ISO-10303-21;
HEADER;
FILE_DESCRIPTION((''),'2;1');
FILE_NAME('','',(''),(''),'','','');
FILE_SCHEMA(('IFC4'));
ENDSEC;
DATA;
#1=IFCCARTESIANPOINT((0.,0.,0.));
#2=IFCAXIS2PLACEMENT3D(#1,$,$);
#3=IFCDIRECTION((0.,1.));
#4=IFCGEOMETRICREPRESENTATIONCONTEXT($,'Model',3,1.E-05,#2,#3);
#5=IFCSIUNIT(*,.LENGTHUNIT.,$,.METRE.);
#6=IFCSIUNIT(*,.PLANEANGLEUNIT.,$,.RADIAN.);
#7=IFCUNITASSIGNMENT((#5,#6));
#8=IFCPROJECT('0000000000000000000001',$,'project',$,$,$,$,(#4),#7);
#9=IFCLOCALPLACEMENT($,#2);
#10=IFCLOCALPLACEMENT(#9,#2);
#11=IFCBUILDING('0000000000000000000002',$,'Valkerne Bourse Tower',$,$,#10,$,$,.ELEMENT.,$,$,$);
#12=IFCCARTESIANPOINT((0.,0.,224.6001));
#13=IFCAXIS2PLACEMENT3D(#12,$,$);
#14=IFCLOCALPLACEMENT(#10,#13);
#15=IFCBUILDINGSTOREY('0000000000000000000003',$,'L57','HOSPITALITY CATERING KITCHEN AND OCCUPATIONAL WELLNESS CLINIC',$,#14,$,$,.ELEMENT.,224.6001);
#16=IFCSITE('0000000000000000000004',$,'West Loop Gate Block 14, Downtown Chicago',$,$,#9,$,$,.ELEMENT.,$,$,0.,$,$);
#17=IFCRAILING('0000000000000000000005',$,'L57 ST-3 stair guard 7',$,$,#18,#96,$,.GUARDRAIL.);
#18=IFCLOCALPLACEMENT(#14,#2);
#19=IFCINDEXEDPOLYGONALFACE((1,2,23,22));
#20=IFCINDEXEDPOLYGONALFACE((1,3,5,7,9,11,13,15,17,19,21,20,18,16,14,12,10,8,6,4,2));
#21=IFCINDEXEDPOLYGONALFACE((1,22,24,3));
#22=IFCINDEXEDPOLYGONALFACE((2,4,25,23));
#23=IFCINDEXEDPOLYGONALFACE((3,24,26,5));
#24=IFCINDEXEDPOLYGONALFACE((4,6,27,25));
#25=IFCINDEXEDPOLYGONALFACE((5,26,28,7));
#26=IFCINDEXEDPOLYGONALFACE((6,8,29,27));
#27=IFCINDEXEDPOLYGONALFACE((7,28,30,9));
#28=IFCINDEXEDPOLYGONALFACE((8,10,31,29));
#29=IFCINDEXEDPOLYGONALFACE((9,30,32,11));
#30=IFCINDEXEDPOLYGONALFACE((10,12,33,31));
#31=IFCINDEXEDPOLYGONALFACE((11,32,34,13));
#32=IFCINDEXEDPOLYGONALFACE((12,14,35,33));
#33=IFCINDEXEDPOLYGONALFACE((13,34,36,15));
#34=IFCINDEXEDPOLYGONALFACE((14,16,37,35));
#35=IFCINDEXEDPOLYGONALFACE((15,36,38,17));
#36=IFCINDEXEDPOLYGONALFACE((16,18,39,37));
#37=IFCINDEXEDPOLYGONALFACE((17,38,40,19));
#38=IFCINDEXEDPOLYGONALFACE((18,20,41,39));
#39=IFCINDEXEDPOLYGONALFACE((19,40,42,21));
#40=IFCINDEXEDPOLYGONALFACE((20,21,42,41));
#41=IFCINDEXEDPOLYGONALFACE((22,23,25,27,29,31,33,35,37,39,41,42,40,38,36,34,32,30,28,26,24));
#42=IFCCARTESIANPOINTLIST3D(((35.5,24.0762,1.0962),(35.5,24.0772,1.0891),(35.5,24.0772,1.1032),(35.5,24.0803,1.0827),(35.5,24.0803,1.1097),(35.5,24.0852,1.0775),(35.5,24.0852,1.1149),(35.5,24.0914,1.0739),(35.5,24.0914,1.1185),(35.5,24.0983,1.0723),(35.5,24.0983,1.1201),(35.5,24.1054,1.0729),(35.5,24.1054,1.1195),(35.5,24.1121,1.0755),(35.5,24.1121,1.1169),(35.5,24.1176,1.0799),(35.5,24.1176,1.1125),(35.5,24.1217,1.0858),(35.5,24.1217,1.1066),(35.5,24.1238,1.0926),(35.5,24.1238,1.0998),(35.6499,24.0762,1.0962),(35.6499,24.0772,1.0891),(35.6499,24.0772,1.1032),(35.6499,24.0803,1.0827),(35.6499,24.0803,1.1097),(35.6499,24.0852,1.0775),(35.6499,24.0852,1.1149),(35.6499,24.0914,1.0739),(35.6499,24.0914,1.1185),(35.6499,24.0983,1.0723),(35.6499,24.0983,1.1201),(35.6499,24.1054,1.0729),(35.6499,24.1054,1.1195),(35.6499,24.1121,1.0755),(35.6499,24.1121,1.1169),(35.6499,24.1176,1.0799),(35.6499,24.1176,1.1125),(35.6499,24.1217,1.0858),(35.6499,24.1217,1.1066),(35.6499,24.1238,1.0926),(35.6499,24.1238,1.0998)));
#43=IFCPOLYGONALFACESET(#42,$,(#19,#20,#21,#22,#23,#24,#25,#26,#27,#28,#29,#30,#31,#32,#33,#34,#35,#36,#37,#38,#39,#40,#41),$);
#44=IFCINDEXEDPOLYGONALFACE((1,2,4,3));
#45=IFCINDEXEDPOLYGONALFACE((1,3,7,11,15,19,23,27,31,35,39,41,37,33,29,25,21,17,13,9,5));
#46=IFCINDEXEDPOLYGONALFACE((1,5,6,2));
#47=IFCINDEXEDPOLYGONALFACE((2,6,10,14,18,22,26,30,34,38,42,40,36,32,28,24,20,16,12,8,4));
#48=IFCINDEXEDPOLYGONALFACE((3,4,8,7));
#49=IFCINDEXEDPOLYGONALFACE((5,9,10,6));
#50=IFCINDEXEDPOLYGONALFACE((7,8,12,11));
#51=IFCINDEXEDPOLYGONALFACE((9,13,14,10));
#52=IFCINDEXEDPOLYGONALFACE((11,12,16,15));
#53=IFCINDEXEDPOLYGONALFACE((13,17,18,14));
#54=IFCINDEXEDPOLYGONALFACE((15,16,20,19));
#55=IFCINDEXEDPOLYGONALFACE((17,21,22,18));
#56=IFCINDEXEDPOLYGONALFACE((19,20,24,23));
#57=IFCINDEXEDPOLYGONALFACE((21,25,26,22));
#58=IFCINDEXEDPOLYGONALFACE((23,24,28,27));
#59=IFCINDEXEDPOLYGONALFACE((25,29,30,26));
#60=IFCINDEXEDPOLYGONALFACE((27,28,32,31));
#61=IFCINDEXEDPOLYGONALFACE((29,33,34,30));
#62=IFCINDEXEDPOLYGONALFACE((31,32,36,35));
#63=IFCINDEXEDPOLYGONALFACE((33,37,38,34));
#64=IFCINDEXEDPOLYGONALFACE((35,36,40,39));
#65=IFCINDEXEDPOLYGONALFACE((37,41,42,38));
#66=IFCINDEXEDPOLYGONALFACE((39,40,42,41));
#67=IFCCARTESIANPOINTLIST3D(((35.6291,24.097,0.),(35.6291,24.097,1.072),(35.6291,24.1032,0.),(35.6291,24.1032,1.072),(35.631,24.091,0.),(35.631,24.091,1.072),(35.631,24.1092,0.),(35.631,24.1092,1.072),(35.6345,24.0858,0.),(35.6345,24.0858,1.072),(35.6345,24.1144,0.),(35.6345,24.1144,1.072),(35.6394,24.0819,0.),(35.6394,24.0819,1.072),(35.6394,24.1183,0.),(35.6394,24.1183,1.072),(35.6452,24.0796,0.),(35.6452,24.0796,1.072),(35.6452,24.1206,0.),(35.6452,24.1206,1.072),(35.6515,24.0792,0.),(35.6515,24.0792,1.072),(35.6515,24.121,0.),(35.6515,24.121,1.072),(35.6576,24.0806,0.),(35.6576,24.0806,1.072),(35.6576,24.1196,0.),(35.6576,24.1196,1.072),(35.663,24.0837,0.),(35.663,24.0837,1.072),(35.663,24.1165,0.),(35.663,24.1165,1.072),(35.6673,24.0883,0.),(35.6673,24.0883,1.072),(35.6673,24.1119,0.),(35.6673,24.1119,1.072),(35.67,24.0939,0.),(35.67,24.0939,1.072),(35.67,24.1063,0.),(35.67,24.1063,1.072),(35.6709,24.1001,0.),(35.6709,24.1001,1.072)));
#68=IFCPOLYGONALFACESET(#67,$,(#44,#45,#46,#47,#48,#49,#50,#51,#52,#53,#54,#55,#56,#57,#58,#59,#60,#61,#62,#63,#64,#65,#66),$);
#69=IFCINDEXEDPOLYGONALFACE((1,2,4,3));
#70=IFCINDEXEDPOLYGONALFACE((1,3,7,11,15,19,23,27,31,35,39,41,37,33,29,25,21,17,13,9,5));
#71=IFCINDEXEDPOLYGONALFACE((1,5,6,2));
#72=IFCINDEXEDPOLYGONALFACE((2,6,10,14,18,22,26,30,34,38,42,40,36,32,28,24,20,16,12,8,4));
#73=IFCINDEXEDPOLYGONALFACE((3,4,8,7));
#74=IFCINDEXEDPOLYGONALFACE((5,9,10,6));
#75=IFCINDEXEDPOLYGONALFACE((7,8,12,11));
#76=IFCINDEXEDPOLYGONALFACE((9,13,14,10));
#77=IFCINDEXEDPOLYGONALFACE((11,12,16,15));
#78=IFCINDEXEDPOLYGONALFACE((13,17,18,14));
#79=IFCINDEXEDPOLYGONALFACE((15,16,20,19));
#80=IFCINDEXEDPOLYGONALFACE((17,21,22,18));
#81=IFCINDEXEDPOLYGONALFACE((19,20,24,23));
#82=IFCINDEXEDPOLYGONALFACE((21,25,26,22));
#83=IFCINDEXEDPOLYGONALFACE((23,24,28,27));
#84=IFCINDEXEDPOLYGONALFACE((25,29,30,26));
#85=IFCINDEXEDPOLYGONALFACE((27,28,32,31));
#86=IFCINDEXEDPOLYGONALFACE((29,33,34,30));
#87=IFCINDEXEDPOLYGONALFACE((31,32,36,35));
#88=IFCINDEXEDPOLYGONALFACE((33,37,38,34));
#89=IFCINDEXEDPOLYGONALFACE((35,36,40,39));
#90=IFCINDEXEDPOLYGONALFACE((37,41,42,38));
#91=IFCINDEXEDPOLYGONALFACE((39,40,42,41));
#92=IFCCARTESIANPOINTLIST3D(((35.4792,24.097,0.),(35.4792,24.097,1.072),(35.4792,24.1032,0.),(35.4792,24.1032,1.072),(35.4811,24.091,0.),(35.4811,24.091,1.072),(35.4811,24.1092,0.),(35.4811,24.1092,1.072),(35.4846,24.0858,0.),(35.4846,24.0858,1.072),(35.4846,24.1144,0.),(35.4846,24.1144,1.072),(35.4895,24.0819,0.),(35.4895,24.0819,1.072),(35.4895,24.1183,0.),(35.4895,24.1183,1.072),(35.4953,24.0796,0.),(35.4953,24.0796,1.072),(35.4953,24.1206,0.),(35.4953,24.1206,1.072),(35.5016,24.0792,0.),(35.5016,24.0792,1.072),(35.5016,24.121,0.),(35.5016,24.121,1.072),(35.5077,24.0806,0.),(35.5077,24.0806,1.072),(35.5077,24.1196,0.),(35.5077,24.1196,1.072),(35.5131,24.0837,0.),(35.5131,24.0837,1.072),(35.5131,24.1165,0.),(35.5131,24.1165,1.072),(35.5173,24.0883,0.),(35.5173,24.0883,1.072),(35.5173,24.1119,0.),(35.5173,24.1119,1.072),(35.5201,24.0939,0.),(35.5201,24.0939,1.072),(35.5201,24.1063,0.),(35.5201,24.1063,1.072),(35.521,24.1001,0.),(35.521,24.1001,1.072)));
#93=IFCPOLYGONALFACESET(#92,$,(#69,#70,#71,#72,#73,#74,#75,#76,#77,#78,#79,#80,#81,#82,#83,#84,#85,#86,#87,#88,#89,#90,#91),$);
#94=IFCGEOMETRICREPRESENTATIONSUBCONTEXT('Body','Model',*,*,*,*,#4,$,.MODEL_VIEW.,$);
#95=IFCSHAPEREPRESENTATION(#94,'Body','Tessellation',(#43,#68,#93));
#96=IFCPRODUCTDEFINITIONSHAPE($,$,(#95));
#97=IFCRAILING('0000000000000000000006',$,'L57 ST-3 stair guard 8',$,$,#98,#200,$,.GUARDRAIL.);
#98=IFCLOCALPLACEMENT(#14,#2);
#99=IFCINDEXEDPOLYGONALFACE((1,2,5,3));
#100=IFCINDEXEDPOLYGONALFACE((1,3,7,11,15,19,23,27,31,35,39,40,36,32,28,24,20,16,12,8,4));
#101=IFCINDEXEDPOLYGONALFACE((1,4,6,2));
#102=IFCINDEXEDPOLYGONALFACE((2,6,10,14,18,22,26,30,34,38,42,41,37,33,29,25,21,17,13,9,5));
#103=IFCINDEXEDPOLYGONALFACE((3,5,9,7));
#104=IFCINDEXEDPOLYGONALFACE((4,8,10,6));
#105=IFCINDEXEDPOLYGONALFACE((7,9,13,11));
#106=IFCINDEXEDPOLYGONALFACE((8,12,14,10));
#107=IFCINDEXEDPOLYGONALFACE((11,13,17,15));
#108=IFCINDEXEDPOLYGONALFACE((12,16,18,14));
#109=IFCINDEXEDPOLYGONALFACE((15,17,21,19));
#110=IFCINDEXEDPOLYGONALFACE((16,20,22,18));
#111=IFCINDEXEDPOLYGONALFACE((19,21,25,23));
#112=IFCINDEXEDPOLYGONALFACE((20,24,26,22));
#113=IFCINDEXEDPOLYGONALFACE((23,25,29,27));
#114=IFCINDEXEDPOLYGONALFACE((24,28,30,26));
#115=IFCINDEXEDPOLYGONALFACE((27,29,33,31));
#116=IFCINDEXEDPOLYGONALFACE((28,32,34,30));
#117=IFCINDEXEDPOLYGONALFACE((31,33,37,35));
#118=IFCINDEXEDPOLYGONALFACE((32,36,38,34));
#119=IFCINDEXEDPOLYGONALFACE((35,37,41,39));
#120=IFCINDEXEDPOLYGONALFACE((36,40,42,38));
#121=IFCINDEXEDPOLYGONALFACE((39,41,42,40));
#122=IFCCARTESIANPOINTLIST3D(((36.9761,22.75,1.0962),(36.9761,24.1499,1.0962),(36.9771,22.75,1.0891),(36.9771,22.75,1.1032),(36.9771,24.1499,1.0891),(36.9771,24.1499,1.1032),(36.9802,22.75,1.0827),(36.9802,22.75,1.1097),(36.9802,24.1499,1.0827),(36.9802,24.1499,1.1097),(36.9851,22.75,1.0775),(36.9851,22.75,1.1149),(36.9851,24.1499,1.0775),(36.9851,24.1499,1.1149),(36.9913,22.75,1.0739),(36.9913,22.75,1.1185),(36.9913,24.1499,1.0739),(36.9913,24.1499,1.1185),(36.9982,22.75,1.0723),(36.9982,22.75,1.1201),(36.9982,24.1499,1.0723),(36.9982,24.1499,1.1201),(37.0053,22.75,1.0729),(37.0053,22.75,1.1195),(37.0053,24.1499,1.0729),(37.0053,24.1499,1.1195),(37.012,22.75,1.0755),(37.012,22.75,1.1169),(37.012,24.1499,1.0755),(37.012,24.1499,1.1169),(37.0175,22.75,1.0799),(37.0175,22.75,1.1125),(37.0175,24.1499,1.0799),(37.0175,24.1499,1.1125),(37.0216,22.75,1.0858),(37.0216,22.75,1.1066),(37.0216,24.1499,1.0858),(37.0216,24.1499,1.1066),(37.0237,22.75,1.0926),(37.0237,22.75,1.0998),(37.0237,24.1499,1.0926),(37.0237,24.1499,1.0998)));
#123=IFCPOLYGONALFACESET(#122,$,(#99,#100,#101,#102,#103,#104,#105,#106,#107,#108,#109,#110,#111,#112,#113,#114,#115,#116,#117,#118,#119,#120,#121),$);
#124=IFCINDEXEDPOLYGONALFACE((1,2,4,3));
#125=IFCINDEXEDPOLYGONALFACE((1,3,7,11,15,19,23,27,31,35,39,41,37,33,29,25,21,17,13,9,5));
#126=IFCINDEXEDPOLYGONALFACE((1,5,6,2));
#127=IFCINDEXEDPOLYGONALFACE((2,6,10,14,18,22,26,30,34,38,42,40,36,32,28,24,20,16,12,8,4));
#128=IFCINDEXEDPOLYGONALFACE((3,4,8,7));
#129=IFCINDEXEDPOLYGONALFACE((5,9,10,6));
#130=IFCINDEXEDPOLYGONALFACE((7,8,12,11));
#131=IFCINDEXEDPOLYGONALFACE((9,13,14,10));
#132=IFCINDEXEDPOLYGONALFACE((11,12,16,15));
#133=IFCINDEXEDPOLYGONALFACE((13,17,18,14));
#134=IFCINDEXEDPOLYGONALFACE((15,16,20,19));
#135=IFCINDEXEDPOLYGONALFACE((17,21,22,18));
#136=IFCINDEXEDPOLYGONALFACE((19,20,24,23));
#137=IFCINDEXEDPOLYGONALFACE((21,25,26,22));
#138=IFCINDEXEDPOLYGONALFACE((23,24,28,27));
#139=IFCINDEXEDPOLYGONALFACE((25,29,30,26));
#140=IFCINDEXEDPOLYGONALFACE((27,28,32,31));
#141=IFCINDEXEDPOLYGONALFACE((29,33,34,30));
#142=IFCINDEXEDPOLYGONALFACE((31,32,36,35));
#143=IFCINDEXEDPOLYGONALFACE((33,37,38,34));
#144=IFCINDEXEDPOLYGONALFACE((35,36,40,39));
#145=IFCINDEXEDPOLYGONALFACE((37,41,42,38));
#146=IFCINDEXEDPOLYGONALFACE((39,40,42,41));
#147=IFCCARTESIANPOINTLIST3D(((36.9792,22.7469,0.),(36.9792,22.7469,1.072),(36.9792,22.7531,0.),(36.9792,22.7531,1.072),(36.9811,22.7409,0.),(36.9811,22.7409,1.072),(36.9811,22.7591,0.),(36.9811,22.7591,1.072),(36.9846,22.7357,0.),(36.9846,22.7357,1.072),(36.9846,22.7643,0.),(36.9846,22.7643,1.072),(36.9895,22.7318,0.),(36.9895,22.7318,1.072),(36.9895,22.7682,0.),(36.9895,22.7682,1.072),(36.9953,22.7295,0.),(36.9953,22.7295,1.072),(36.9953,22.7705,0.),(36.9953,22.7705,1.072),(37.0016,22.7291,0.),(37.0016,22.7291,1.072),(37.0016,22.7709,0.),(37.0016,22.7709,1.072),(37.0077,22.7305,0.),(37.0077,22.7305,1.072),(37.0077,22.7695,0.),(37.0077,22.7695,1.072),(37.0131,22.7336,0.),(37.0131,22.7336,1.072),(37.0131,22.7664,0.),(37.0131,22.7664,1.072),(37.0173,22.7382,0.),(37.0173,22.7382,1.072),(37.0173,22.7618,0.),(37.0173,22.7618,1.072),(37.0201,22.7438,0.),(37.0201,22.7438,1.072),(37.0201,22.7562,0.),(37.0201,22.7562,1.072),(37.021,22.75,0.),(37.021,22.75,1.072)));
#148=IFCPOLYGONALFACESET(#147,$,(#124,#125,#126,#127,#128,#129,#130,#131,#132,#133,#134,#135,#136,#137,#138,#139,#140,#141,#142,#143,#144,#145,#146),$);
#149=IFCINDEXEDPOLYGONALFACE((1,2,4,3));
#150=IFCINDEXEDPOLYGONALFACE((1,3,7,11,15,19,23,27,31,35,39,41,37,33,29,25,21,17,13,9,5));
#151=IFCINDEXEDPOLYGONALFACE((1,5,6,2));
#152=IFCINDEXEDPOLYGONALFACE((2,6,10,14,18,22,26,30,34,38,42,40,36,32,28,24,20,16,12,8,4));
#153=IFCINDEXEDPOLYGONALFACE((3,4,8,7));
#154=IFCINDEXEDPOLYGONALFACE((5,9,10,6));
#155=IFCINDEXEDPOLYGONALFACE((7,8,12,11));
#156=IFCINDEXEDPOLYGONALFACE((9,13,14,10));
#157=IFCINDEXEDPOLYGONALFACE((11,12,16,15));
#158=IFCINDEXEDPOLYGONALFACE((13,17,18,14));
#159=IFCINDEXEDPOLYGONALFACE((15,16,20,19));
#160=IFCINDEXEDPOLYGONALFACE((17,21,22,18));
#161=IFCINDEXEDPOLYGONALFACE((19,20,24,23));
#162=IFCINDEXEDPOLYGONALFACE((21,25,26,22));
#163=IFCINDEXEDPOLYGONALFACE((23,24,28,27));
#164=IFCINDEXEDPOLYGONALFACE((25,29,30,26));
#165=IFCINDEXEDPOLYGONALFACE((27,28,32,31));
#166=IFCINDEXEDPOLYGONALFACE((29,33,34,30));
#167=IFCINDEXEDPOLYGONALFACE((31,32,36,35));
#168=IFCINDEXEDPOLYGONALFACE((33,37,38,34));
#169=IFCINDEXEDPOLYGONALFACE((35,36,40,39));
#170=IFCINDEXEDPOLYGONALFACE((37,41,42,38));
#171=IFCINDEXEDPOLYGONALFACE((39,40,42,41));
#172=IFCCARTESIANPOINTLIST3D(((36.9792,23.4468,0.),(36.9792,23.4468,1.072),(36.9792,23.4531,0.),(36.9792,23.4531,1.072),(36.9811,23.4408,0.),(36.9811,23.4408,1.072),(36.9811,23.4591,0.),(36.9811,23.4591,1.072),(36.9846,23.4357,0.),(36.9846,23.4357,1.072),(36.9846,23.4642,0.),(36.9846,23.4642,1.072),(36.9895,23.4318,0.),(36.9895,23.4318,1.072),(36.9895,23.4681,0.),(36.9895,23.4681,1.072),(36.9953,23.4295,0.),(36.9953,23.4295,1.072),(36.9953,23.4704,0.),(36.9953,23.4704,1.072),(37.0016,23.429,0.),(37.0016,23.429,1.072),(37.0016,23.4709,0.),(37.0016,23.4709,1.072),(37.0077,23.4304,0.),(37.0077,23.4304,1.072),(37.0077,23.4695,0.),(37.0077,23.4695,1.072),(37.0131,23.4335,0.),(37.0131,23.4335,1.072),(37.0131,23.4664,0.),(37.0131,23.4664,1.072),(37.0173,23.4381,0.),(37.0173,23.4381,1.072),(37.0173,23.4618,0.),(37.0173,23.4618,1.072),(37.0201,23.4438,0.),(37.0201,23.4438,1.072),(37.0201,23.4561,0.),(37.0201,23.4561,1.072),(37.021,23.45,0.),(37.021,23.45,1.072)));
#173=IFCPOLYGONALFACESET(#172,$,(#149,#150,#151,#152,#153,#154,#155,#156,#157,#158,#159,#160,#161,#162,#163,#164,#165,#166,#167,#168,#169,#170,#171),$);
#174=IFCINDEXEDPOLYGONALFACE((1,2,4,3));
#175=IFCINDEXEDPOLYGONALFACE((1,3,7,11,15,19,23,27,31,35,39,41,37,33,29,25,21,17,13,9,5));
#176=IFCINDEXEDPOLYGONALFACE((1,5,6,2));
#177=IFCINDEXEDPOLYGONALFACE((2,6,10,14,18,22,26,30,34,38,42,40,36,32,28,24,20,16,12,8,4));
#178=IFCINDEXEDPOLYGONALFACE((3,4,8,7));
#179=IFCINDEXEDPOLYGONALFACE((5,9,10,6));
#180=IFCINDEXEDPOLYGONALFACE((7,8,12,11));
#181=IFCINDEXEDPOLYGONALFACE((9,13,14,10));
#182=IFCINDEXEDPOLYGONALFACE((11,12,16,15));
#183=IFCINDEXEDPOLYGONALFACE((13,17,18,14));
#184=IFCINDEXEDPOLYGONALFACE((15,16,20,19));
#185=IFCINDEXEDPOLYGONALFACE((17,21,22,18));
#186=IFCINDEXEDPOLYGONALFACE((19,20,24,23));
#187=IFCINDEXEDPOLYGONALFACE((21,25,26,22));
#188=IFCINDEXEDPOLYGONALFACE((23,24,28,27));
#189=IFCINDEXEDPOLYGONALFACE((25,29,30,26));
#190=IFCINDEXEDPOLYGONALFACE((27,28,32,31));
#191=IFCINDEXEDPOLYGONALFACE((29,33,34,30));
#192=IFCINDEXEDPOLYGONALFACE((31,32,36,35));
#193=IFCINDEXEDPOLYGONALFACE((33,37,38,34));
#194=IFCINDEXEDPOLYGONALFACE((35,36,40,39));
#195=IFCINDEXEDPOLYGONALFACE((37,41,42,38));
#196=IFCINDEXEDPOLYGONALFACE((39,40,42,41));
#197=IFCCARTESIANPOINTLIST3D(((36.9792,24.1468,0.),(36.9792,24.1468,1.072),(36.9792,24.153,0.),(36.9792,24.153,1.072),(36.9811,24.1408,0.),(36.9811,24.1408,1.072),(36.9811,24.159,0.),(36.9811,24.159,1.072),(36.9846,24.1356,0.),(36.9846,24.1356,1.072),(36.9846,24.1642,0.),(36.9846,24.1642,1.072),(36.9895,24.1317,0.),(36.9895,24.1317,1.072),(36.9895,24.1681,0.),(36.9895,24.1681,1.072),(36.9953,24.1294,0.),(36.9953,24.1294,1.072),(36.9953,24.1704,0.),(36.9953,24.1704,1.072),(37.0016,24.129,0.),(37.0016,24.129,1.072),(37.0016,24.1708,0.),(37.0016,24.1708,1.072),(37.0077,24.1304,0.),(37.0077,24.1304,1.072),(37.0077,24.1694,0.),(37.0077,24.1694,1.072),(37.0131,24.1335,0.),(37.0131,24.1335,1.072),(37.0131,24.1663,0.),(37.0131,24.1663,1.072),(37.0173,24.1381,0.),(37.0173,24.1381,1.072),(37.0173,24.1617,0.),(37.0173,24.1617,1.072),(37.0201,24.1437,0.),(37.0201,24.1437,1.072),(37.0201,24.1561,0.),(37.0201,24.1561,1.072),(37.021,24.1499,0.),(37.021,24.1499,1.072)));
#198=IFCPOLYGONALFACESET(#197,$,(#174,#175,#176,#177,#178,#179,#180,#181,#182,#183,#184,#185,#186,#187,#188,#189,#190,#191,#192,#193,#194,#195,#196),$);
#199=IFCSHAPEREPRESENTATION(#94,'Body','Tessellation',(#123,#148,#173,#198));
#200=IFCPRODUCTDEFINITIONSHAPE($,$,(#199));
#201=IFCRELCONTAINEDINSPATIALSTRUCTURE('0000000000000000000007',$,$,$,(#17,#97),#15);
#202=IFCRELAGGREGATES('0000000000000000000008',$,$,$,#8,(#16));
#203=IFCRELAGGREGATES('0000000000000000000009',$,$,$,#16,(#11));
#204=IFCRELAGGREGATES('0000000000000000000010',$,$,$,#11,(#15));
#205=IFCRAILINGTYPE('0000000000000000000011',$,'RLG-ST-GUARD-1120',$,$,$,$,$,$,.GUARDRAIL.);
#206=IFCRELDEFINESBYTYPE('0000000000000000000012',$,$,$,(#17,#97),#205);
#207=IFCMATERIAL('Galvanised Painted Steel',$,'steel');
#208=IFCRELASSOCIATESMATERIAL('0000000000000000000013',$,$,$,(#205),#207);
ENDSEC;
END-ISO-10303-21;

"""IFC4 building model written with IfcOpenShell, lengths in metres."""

from ifc_helpers import new_model, si_unit, direction, frame, origin, origin_2d, place, context, subcontext, project, spatial, circle, extrude, material, type_object, element, save


model = new_model("IFC4")

# Units and contexts
model_context = context("Model", 3, precision=1e-05, world=origin(), true_north=direction((0.0, 1.0)))
body_context = subcontext(model_context, "Body", "Model", "MODEL_VIEW")
ifc_project = project(units=[si_unit("LENGTHUNIT", "METRE"), si_unit("PLANEANGLEUNIT", "RADIAN")], contexts=[model_context])

# Site, building, storey
site_placement = place(None, origin())
site = spatial("IfcSite", under=ifc_project, at=site_placement, Name="West Loop Gate Block 14, Downtown Chicago", CompositionType="ELEMENT", RefElevation=0.0)
building_placement = place(site_placement, origin())
building = spatial("IfcBuilding", under=site, at=building_placement, Name="Valkerne Bourse Tower", CompositionType="ELEMENT")
storey_placement = place(building_placement, frame((0.0, 0.0, 224.6001)))
storey = spatial("IfcBuildingStorey", under=building, at=storey_placement, Name="L57", Description="HOSPITALITY CATERING KITCHEN AND OCCUPATIONAL WELLNESS CLINIC", CompositionType="ELEMENT", Elevation=224.6001)

# Railings
ifc_material_1 = material(Name="Galvanised Painted Steel", Category="steel")
railing_type_1 = type_object("IfcRailingType", Name="RLG-ST-GUARD-1120", PredefinedType="GUARDRAIL", material=ifc_material_1)
railing_1_placement = place(storey_placement, frame((35.6499, 24.1001, 0.0)))
element("IfcRailing", 1, at=railing_1_placement, inside=storey, type_object=railing_type_1, Name="L57 ST-3 stair guard 7", PredefinedType="GUARDRAIL", context=body_context, shape_type="SweptSolid", body=[
    extrude(circle(Radius=0.0239, at=origin_2d()), frame((0.0, 0.0, 1.0962), z_axis=(-1.0, 0.0, 0.0), x_axis=(0.0, -1.0, 0.0)), (0.0, 0.0, 1.0), 0.1499),
    extrude(circle(Radius=0.021, at=origin_2d()), origin(), (0.0, 0.0, 1.0), 1.072),
    extrude(circle(Radius=0.021, at=origin_2d()), frame((-0.1499, 0.0, 0.0)), (0.0, 0.0, 1.0), 1.072),
])
railing_2_placement = place(storey_placement, frame((37.0, 22.75, 0.0)))
element("IfcRailing", 2, at=railing_2_placement, inside=storey, type_object=railing_type_1, Name="L57 ST-3 stair guard 8", PredefinedType="GUARDRAIL", context=body_context, shape_type="SweptSolid", body=[
    extrude(circle(Radius=0.0239, at=origin_2d()), frame((0.0, 0.0, 1.0962), z_axis=(0.0, 1.0, 0.0), x_axis=(-1.0, 0.0, 0.0)), (0.0, 0.0, 1.0), 1.3999),
    extrude(circle(Radius=0.021, at=origin_2d()), origin(), (0.0, 0.0, 1.0), 1.072),
    extrude(circle(Radius=0.021, at=origin_2d()), frame((0.0, 0.7, 0.0)), (0.0, 0.0, 1.0), 1.072),
    extrude(circle(Radius=0.021, at=origin_2d()), frame((0.0, 1.3999, 0.0)), (0.0, 0.0, 1.0), 1.072),
])

save(model, "model.ifc")
